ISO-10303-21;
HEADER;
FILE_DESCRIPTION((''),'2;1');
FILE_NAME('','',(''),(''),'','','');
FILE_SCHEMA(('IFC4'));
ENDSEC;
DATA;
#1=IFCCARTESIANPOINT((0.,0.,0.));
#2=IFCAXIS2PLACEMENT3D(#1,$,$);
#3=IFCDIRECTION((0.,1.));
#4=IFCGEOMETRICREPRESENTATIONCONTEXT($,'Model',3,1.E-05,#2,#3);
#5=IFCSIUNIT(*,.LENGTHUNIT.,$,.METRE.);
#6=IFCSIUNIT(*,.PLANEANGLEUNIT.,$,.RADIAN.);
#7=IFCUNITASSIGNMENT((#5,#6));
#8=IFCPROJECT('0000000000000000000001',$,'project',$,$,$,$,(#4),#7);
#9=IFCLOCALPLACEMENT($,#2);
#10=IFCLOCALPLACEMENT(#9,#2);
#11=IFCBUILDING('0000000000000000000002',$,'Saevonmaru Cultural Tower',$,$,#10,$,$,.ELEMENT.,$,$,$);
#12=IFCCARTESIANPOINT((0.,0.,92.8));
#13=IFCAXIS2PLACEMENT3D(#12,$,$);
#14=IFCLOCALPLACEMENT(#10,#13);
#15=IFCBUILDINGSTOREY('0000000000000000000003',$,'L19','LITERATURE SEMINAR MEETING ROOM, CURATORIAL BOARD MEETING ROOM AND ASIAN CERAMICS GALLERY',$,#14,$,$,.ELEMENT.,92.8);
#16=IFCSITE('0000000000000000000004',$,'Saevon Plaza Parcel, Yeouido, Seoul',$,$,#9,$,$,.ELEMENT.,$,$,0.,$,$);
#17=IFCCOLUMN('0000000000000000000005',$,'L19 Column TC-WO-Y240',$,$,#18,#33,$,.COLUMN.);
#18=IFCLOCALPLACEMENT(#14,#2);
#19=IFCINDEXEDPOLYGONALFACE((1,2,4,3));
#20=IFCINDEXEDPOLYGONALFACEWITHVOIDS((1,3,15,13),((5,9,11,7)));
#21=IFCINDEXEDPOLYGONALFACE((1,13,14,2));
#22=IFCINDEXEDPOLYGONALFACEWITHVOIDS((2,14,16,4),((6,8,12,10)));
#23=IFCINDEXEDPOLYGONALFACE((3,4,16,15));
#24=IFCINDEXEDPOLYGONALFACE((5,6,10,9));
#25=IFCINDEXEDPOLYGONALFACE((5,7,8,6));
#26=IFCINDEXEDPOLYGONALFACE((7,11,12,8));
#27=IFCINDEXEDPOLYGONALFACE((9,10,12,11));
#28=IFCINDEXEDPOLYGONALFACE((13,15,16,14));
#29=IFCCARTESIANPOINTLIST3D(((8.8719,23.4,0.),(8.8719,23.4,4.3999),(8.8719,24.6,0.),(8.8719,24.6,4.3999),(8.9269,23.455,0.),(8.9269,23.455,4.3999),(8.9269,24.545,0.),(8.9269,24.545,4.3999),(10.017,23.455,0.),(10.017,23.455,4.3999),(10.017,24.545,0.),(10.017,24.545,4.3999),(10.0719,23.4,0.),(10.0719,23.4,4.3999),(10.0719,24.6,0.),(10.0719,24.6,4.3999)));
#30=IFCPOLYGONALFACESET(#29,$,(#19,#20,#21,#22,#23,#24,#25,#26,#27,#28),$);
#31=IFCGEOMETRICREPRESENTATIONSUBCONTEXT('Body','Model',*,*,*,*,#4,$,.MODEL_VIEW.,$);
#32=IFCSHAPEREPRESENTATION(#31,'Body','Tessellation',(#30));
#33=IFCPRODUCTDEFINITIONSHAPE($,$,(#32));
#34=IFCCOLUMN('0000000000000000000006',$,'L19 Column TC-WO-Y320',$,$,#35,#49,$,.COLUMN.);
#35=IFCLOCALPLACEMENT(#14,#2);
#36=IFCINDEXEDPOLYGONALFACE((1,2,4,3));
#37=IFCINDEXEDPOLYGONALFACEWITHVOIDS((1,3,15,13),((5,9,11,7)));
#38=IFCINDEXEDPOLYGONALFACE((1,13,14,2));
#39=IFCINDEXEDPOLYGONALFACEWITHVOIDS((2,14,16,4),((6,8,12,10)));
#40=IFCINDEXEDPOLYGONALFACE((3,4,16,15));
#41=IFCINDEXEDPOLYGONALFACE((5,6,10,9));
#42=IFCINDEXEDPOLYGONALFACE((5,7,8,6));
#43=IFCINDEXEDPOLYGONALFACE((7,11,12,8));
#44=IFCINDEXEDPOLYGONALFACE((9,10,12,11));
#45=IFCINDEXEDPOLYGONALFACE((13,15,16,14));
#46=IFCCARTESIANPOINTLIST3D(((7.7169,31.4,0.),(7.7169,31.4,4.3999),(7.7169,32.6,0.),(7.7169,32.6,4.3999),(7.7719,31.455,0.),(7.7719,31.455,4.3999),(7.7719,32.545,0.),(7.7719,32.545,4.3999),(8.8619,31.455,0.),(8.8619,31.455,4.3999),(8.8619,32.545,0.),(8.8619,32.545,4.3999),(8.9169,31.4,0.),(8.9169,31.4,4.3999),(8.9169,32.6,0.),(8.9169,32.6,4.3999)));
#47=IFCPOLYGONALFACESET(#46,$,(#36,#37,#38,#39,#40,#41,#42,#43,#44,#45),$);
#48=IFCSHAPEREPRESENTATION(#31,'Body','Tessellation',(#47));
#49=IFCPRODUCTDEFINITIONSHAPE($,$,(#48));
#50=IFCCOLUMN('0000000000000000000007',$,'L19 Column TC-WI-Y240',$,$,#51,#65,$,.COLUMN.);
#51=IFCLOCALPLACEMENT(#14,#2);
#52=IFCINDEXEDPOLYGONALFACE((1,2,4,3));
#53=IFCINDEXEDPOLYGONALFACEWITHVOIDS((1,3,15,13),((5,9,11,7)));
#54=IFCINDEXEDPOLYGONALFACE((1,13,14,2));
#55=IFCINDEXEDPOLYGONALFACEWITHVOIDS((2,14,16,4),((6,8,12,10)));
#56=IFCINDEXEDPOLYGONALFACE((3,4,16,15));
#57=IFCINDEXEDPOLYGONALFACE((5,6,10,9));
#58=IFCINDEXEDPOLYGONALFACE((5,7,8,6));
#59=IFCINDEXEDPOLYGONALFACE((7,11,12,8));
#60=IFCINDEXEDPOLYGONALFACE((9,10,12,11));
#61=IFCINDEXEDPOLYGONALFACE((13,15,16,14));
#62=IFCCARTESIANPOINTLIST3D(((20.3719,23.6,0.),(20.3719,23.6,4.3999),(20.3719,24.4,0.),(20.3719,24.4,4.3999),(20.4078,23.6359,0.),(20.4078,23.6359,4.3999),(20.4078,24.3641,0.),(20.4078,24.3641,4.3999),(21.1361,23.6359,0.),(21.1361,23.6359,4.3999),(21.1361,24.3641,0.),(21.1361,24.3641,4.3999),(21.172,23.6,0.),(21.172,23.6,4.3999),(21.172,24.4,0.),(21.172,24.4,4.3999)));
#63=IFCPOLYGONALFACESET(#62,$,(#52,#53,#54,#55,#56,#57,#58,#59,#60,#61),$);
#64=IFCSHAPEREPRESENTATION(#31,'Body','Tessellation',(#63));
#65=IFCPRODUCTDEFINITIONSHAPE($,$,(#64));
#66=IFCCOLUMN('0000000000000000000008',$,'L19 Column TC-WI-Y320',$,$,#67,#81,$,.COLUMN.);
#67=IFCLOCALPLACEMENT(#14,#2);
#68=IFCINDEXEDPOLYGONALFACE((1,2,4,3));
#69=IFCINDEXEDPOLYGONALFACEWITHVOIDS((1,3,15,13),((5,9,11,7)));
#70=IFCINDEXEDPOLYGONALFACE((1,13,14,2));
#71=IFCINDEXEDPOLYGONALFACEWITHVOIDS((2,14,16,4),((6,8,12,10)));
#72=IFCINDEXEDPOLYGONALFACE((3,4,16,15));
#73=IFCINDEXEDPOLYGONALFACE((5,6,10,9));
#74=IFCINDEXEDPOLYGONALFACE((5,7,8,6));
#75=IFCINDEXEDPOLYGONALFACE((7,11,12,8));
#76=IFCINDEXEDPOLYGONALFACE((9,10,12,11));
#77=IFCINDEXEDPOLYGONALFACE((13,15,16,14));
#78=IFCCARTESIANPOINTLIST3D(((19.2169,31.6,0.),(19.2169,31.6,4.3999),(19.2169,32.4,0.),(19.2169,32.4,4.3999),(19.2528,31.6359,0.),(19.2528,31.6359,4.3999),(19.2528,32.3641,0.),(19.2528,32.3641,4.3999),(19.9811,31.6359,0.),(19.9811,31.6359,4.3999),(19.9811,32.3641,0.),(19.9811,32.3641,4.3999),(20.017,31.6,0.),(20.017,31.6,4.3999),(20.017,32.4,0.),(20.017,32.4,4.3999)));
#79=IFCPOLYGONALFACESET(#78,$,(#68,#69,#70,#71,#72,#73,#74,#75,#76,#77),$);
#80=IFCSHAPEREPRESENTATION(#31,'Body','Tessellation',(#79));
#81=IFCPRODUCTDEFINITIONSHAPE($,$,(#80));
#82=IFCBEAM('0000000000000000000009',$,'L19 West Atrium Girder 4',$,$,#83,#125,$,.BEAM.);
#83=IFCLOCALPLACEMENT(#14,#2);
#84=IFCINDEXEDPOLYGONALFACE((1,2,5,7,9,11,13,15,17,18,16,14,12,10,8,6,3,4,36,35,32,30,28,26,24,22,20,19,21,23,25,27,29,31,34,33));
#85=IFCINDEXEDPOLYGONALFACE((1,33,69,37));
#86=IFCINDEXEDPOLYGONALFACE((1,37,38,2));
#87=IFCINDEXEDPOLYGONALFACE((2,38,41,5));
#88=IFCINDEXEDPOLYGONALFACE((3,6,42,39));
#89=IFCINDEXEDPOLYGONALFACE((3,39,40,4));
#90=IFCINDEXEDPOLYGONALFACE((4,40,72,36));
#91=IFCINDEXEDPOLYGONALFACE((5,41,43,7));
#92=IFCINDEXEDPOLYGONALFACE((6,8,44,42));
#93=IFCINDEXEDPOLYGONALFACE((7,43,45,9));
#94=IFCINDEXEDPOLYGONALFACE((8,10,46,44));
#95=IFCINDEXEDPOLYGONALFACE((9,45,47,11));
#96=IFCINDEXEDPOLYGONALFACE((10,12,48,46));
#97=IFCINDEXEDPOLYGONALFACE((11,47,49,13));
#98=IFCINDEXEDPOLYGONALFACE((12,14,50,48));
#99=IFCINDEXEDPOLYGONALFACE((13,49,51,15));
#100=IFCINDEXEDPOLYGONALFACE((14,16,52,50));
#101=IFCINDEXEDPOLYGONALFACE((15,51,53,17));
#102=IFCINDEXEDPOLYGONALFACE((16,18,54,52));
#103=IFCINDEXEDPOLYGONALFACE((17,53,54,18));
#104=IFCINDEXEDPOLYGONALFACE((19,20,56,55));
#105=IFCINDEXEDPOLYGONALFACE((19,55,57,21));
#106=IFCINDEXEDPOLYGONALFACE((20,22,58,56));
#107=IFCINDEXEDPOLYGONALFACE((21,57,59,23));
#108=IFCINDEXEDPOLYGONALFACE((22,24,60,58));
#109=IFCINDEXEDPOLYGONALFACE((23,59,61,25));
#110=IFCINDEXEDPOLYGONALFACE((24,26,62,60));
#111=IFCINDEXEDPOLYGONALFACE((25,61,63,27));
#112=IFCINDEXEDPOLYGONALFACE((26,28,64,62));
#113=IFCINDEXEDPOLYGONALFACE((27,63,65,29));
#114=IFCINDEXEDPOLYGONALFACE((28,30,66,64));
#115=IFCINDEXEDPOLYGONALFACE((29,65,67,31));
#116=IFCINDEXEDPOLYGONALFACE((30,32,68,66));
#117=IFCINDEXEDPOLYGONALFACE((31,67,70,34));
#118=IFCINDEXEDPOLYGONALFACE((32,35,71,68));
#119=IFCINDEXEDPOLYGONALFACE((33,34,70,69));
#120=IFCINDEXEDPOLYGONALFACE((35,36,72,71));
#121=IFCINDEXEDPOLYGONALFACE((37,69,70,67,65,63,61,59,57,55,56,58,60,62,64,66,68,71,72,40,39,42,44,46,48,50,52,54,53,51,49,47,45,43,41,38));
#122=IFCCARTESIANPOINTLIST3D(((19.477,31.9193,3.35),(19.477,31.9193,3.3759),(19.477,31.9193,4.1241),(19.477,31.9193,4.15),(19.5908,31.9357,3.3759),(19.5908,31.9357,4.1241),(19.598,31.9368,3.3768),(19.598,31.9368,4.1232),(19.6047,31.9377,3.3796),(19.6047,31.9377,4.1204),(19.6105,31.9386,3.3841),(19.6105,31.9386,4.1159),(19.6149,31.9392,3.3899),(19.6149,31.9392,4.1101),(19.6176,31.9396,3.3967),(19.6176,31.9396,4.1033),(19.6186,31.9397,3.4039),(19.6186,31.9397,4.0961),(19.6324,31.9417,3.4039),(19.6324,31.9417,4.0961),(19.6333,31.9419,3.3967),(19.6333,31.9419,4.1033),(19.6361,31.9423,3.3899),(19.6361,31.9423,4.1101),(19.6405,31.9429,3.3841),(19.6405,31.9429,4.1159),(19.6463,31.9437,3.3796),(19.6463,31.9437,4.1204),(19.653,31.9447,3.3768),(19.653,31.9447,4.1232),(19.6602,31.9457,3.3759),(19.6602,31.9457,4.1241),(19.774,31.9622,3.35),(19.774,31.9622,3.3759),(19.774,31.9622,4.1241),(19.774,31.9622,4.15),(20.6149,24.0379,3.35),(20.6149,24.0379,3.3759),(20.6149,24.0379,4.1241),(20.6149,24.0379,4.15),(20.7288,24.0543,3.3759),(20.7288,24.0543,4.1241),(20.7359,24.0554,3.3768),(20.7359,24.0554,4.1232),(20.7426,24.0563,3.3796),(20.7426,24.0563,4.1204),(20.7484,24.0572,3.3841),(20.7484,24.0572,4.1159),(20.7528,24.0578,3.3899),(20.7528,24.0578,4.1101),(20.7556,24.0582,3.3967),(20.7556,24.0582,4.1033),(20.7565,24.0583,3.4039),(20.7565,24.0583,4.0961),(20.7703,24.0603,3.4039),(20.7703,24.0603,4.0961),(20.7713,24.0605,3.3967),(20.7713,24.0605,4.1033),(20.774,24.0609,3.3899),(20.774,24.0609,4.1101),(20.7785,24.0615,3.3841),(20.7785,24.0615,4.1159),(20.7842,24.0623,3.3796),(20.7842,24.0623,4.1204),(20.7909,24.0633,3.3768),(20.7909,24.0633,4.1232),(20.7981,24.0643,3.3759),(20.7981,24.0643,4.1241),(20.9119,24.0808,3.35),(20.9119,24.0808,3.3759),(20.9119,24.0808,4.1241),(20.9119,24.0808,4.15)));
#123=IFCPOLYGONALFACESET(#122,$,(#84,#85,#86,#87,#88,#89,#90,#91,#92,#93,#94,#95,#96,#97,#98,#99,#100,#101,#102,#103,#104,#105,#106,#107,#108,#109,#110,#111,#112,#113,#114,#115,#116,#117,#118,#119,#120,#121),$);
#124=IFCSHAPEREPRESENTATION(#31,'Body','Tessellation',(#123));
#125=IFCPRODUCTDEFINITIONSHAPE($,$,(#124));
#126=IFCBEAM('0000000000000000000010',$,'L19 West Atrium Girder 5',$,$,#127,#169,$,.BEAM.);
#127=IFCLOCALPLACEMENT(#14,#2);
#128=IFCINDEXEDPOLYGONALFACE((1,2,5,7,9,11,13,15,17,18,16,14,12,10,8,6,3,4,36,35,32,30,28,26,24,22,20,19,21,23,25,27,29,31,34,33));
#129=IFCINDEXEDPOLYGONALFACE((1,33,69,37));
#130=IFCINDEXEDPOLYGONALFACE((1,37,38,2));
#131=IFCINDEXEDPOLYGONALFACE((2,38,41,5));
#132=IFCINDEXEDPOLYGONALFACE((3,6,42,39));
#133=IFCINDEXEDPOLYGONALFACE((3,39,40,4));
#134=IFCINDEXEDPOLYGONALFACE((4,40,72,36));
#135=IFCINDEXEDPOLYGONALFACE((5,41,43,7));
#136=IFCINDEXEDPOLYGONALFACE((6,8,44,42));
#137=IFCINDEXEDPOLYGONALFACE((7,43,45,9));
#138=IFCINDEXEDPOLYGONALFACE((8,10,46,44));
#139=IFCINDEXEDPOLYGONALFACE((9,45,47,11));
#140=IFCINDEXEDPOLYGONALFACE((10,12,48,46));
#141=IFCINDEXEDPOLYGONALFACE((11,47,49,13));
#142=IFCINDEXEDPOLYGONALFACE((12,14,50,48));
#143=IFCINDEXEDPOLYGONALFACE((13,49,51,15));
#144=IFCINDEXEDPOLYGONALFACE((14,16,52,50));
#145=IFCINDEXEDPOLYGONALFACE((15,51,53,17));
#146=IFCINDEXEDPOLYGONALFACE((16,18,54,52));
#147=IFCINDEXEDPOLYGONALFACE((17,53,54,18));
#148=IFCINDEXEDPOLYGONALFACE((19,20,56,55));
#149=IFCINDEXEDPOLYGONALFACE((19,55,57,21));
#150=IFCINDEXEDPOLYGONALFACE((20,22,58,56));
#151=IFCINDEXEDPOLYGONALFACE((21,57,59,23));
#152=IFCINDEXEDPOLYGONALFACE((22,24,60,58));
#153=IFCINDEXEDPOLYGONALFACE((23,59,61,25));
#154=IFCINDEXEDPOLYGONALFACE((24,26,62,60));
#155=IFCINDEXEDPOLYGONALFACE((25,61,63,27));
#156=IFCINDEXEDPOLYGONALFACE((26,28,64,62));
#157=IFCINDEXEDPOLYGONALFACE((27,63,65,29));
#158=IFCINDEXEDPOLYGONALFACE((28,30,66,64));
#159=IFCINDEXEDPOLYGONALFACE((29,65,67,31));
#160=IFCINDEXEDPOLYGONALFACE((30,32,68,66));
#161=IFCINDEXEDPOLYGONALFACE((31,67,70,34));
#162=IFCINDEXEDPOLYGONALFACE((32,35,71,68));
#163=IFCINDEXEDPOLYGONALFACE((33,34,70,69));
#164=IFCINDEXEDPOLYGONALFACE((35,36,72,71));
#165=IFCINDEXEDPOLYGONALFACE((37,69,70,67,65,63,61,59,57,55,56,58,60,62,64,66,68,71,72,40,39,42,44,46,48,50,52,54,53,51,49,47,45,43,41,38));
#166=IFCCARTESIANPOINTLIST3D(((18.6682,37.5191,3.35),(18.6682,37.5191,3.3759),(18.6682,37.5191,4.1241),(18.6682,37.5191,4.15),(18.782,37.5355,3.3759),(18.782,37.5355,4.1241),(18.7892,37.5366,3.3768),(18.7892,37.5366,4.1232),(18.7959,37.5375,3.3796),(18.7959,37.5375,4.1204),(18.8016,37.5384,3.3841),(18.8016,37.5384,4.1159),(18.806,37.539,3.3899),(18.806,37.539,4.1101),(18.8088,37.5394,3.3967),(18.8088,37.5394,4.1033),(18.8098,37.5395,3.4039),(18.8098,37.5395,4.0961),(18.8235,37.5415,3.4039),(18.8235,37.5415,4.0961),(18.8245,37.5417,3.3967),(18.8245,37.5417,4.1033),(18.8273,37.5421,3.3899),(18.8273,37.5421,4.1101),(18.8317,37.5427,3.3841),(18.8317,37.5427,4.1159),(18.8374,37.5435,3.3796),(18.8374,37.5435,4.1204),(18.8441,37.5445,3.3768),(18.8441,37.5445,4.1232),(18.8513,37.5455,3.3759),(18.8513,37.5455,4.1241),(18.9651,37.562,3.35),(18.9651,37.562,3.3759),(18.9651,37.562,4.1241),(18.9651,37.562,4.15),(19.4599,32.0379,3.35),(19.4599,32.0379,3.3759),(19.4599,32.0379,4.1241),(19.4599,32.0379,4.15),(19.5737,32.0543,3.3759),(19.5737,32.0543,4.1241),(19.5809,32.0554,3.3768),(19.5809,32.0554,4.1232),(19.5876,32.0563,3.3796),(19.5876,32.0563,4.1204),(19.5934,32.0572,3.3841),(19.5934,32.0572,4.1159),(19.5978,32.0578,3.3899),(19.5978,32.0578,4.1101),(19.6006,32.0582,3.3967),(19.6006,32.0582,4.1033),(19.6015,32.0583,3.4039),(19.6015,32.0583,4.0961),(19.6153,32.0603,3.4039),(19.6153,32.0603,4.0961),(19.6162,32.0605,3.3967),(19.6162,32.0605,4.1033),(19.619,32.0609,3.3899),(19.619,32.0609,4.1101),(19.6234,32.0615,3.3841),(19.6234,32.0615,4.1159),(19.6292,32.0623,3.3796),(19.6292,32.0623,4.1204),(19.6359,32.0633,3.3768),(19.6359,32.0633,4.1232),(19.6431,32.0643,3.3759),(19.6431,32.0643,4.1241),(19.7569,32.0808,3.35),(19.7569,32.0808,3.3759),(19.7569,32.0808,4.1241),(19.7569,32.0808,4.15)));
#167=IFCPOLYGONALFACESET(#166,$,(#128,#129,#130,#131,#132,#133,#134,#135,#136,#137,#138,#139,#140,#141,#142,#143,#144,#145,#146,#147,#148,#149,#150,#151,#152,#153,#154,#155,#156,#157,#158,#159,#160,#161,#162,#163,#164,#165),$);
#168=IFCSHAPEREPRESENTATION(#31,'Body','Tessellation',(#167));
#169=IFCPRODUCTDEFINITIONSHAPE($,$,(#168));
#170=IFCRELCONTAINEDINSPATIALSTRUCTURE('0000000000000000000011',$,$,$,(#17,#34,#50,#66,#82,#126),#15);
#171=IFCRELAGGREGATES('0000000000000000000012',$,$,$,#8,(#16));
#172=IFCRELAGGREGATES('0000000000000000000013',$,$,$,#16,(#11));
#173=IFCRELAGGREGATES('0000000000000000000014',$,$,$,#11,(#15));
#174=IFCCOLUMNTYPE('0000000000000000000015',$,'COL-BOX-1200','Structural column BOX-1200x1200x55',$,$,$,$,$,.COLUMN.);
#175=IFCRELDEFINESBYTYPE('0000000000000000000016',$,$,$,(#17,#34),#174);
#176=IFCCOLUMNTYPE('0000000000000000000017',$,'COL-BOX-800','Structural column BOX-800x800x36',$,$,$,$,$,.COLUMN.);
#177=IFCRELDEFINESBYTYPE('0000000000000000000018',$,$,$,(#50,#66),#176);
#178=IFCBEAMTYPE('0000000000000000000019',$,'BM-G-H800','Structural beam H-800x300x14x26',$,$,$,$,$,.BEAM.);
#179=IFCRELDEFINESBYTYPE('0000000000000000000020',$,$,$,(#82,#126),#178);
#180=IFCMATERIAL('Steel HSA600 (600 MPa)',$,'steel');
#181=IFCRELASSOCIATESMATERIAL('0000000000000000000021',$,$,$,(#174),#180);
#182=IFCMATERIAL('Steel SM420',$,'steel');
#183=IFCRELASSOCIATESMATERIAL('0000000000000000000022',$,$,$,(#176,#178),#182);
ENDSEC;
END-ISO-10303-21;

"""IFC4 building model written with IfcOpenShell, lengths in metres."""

from ifc_helpers import new_model, si_unit, direction, frame, origin, origin_2d, place, context, subcontext, project, spatial, hollow_rectangle, i_section, extrude, material, material_profile, profile_set, type_object, element, save


model = new_model("IFC4")

# Units and contexts
model_context = context("Model", 3, precision=1e-05, world=origin(), true_north=direction((0.0, 1.0)))
body_context = subcontext(model_context, "Body", "Model", "MODEL_VIEW")
ifc_project = project(units=[si_unit("LENGTHUNIT", "METRE"), si_unit("PLANEANGLEUNIT", "RADIAN")], contexts=[model_context])

# Site, building, storey
site_placement = place(None, origin())
site = spatial("IfcSite", under=ifc_project, at=site_placement, Name="Saevon Plaza Parcel, Yeouido, Seoul", CompositionType="ELEMENT", RefElevation=0.0)
building_placement = place(site_placement, origin())
building = spatial("IfcBuilding", under=site, at=building_placement, Name="Saevonmaru Cultural Tower", CompositionType="ELEMENT")
storey_placement = place(building_placement, frame((0.0, 0.0, 92.8)))
storey = spatial("IfcBuildingStorey", under=building, at=storey_placement, Name="L19", Description="LITERATURE SEMINAR MEETING ROOM, CURATORIAL BOARD MEETING ROOM AND ASIAN CERAMICS GALLERY", CompositionType="ELEMENT", Elevation=92.8)

# Columns
ifc_material_1 = material(Name="Steel HSA600 (600 MPa)", Category="steel")
ifc_material_profile_1 = material_profile(ifc_material_1, hollow_rectangle(XDim=1.2, YDim=1.2, WallThickness=0.0549, at=origin_2d()), Name="BOX-1200x1200x55")
ifc_profile_set_1 = profile_set([ifc_material_profile_1], Name="Steel HSA600 (600 MPa)")
column_type_1 = type_object("IfcColumnType", Name="COL-BOX-1200", Description="Structural column BOX-1200x1200x55", PredefinedType="COLUMN", material=ifc_profile_set_1)
for number, where, z_axis, x_axis, name in (
    (1, (9.4719, 24.0, 0.0), (0.0, 0.0, 1.0), (1.0, 0.0, 0.0), "L19 Column TC-WO-Y240"),
    (2, (8.3169, 32.0, 0.0), (0.0, 0.0, 1.0), (1.0, 0.0, 0.0), "L19 Column TC-WO-Y320"),
):
    element("IfcColumn", number, at=place(storey_placement, frame(where, z_axis=z_axis, x_axis=x_axis)), inside=storey, type_object=column_type_1, Name=name, PredefinedType="COLUMN", context=body_context, shape_type="SweptSolid", body=[
        extrude(hollow_rectangle(XDim=1.2, YDim=1.2, WallThickness=0.0549, at=origin_2d()), origin(), (0.0, 0.0, 1.0), 4.3999),
    ])
ifc_material_2 = material(Name="Steel SM420", Category="steel")
ifc_material_profile_2 = material_profile(ifc_material_2, hollow_rectangle(XDim=0.8, YDim=0.8, WallThickness=0.0359, at=origin_2d()), Name="BOX-800x800x36")
ifc_profile_set_2 = profile_set([ifc_material_profile_2], Name="Steel SM420")
column_type_2 = type_object("IfcColumnType", Name="COL-BOX-800", Description="Structural column BOX-800x800x36", PredefinedType="COLUMN", material=ifc_profile_set_2)
for number, where, z_axis, x_axis, name in (
    (3, (20.772, 24.0, 0.0), (0.0, 0.0, 1.0), (1.0, 0.0, 0.0), "L19 Column TC-WI-Y240"),
    (4, (19.6169, 32.0, 0.0), (0.0, 0.0, 1.0), (1.0, 0.0, 0.0), "L19 Column TC-WI-Y320"),
):
    element("IfcColumn", number, at=place(storey_placement, frame(where, z_axis=z_axis, x_axis=x_axis)), inside=storey, type_object=column_type_2, Name=name, PredefinedType="COLUMN", context=body_context, shape_type="SweptSolid", body=[
        extrude(hollow_rectangle(XDim=0.8, YDim=0.8, WallThickness=0.0359, at=origin_2d()), origin(), (0.0, 0.0, 1.0), 4.3999),
    ])

# Beams
ifc_material_profile_3 = material_profile(ifc_material_2, i_section(OverallWidth=0.3, OverallDepth=0.8, WebThickness=0.0139, FlangeThickness=0.0259, FilletRadius=0.0281, at=origin_2d()), Name="H-800x300x14x26")
ifc_profile_set_3 = profile_set([ifc_material_profile_3], Name="Steel SM420")
beam_type_1 = type_object("IfcBeamType", Name="BM-G-H800", Description="Structural beam H-800x300x14x26", PredefinedType="BEAM", material=ifc_profile_set_3)
beam_1_placement = place(storey_placement, frame((20.7634, 24.0593, 3.75), z_axis=(-0.142902, 0.989737, 0.0), x_axis=(-0.989737, -0.142902, 0.0)))
element("IfcBeam", 5, at=beam_1_placement, inside=storey, type_object=beam_type_1, Name="L19 West Atrium Girder 4", PredefinedType="BEAM", context=body_context, shape_type="SweptSolid", body=[
    extrude(i_section(OverallWidth=0.3, OverallDepth=0.8, WebThickness=0.0139, FlangeThickness=0.0259, FilletRadius=0.0281, at=origin_2d()), origin(), (0.0, 0.0, 1.0), 7.9631),
])
beam_2_placement = place(storey_placement, frame((19.6084, 32.0593, 3.75), z_axis=(-0.142964, 0.989728, 0.0), x_axis=(-0.989728, -0.142964, 0.0)))
element("IfcBeam", 6, at=beam_2_placement, inside=storey, type_object=beam_type_1, Name="L19 West Atrium Girder 5", PredefinedType="BEAM", context=body_context, shape_type="SweptSolid", body=[
    extrude(i_section(OverallWidth=0.3, OverallDepth=0.8, WebThickness=0.0139, FlangeThickness=0.0259, FilletRadius=0.0281, at=origin_2d()), origin(), (0.0, 0.0, 1.0), 5.5381),
])

save(model, "model.ifc")
